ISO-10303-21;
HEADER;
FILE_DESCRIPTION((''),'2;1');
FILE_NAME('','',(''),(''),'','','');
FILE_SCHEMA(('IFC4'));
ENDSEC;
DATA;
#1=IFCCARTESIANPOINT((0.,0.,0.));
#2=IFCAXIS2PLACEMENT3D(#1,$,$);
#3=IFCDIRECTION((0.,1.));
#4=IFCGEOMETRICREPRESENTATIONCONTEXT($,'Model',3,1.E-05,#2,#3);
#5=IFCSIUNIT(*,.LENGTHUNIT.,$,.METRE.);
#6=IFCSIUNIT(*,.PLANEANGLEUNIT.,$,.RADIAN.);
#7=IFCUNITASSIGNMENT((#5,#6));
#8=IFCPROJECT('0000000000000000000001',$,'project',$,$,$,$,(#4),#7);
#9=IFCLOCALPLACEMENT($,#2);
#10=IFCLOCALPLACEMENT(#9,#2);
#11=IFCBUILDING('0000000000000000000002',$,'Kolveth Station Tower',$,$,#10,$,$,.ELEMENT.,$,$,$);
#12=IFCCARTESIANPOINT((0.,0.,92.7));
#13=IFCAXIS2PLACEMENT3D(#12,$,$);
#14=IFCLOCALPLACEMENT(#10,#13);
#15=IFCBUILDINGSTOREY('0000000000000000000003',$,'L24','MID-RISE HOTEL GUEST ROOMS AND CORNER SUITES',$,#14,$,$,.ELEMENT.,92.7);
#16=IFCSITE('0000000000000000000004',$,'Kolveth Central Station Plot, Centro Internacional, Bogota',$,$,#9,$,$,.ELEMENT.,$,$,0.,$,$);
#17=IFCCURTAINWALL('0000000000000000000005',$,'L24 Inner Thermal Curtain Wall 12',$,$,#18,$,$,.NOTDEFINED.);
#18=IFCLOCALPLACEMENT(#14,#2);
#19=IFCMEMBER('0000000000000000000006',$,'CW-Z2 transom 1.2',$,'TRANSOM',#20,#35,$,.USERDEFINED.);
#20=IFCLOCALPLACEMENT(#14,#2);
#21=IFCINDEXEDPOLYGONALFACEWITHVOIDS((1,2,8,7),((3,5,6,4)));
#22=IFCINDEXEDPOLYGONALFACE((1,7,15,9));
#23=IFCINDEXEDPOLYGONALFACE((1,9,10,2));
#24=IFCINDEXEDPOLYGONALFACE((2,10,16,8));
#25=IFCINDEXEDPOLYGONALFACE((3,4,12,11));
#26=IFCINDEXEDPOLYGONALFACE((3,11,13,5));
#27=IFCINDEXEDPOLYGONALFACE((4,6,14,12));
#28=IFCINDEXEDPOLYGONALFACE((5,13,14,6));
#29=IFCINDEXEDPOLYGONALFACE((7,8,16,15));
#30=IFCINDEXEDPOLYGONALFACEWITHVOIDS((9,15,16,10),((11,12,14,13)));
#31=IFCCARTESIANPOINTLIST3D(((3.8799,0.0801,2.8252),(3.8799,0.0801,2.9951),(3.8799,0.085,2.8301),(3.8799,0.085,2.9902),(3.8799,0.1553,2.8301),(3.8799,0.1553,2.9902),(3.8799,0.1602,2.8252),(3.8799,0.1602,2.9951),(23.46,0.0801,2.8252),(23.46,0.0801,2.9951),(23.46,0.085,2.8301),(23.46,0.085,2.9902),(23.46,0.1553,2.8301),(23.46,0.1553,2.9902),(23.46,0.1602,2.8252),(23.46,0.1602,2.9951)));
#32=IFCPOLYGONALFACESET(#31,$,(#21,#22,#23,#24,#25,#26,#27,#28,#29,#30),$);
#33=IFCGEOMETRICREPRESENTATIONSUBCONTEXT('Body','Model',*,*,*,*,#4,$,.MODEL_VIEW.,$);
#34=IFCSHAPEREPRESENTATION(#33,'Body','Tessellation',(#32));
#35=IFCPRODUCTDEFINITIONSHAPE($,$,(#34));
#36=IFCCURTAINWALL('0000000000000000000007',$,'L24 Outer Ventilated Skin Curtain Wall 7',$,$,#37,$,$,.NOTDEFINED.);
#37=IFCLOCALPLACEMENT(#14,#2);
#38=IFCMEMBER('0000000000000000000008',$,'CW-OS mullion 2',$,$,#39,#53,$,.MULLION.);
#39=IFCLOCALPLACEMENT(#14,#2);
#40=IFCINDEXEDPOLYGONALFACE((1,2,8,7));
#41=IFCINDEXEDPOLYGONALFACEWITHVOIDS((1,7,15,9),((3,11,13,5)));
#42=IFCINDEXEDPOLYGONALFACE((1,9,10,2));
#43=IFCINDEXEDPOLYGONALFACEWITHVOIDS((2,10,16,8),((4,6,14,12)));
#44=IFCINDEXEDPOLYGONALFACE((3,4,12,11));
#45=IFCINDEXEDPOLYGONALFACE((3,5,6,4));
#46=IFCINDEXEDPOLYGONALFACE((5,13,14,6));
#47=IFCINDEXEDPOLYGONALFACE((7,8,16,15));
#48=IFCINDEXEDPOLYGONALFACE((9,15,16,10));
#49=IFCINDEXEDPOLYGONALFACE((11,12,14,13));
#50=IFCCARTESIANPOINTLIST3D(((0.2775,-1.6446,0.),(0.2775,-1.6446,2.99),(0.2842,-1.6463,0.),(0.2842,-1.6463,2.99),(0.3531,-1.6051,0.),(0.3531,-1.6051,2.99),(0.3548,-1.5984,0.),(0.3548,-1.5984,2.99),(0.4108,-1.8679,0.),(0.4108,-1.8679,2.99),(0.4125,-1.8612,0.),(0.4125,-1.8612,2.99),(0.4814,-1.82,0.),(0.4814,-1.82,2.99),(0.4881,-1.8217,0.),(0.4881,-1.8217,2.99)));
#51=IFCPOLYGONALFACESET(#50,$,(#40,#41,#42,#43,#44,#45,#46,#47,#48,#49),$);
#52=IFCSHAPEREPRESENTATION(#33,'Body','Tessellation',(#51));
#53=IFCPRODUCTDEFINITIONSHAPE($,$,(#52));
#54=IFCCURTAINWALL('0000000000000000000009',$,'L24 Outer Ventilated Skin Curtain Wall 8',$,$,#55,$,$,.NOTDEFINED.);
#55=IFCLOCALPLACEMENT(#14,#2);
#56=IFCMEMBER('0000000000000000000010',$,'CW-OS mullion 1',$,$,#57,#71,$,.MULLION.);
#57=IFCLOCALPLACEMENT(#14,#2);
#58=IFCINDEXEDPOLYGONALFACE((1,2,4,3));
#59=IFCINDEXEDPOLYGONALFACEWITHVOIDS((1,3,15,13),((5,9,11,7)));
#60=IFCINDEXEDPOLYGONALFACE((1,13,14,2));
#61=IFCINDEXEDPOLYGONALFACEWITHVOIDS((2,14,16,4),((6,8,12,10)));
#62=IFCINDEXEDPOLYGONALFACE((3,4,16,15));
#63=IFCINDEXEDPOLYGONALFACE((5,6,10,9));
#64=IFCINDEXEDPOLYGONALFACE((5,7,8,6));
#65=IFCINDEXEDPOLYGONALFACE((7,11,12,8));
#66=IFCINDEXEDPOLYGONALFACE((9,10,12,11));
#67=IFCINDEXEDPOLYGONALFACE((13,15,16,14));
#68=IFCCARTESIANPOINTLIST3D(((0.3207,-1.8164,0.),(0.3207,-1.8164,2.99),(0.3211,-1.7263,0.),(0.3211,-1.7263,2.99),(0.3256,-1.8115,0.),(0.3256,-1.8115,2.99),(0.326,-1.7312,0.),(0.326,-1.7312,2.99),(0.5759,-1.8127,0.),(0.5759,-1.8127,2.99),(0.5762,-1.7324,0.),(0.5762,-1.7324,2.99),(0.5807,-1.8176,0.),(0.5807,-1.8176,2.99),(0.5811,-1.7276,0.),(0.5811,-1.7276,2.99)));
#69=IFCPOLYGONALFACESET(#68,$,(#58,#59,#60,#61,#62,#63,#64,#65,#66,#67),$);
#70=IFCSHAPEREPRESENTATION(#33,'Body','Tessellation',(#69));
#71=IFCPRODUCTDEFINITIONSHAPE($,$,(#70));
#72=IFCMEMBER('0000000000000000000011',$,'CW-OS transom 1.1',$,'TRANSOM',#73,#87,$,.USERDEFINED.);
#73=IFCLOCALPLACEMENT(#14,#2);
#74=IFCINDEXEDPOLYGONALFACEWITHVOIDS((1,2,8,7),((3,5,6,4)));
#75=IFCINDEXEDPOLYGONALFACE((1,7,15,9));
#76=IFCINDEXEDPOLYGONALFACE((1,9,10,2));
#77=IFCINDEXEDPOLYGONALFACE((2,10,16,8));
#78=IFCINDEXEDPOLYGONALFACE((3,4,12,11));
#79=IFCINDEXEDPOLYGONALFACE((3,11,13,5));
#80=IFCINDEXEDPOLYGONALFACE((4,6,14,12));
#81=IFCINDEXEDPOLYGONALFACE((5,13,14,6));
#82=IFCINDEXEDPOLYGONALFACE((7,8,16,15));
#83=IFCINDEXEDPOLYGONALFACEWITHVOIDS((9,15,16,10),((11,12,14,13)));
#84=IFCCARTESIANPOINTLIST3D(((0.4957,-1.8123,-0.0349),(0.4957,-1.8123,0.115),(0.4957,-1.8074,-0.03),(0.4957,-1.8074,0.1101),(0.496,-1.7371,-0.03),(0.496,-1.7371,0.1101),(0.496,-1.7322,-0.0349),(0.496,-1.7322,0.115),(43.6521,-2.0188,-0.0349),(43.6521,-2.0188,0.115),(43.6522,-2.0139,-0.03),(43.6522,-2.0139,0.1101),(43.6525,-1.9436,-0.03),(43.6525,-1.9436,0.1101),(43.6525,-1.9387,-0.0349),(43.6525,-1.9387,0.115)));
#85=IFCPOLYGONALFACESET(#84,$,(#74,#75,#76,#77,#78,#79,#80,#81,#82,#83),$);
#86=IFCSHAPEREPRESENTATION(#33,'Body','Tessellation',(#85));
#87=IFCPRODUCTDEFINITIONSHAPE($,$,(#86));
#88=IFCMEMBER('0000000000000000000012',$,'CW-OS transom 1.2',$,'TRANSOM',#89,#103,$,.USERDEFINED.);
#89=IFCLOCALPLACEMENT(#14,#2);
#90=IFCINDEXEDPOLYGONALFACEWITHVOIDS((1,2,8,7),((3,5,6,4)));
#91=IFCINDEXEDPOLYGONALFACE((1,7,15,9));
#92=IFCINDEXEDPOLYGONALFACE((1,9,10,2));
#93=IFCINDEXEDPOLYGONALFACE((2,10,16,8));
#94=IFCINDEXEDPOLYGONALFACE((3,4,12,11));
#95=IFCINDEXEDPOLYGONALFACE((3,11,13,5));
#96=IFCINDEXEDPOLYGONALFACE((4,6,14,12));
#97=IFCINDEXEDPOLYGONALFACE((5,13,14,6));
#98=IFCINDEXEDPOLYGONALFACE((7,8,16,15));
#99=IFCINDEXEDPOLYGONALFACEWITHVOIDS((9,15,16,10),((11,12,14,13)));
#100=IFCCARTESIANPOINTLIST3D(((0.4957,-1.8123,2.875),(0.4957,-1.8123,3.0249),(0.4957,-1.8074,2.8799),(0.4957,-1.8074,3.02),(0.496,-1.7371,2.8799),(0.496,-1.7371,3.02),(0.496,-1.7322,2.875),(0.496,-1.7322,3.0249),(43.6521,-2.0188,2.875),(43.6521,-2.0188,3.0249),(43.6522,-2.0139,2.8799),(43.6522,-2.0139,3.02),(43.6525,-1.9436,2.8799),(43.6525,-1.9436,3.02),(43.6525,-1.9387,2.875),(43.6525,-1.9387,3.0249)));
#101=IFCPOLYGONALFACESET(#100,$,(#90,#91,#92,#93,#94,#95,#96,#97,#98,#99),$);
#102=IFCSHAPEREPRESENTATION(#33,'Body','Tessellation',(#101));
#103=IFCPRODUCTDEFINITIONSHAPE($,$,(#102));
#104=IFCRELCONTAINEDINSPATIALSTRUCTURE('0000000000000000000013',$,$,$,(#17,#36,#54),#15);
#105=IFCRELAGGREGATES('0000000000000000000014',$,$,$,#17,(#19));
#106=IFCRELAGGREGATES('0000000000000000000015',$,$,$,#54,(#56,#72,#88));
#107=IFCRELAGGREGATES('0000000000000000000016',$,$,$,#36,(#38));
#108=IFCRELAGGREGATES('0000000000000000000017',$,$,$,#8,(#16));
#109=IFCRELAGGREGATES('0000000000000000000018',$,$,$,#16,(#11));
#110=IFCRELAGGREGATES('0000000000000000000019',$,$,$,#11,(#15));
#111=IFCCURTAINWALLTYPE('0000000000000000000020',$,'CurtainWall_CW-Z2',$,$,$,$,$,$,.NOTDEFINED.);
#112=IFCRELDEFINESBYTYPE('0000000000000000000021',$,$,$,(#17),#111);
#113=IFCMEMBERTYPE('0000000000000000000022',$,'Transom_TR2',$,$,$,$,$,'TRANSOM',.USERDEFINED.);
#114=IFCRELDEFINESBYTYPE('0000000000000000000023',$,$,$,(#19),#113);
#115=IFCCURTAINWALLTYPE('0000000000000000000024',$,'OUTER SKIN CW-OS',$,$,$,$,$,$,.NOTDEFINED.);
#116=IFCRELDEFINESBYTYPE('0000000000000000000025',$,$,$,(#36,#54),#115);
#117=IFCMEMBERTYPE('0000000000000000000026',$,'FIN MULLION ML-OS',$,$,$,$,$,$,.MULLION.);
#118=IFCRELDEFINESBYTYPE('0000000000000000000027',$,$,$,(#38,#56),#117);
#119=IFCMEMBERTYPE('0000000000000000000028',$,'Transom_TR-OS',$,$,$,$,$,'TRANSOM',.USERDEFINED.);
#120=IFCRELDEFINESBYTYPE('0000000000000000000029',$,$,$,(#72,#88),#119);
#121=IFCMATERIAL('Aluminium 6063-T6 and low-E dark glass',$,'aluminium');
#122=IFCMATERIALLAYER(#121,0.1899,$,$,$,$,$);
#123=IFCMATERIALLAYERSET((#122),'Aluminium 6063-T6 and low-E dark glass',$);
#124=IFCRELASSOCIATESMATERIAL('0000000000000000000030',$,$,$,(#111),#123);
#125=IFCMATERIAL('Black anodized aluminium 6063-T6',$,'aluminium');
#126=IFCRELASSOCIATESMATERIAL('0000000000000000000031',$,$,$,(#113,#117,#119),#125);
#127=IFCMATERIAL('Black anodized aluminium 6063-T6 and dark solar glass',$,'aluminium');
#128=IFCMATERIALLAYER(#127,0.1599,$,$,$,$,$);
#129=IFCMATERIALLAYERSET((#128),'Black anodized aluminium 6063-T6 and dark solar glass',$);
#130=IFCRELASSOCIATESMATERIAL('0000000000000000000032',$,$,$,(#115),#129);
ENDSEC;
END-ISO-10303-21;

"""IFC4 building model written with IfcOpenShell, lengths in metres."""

from ifc_helpers import new_model, si_unit, direction, frame, origin, origin_2d, place, context, subcontext, project, spatial, hollow_rectangle, extrude, source, transform, mapped, material, layer, layer_set, material_profile, profile_set, type_object, element, aggregate, save


model = new_model("IFC4")

# Units and contexts
model_context = context("Model", 3, precision=1e-05, world=origin(), true_north=direction((0.0, 1.0)))
body_context = subcontext(model_context, "Body", "Model", "MODEL_VIEW")
ifc_project = project(units=[si_unit("LENGTHUNIT", "METRE"), si_unit("PLANEANGLEUNIT", "RADIAN")], contexts=[model_context])

# Site, building, storey
site_placement = place(None, origin())
site = spatial("IfcSite", under=ifc_project, at=site_placement, Name="Kolveth Central Station Plot, Centro Internacional, Bogota", CompositionType="ELEMENT", RefElevation=0.0)
building_placement = place(site_placement, origin())
building = spatial("IfcBuilding", under=site, at=building_placement, Name="Kolveth Station Tower", CompositionType="ELEMENT")
storey_placement = place(building_placement, frame((0.0, 0.0, 92.7)))
storey = spatial("IfcBuildingStorey", under=building, at=storey_placement, Name="L24", Description="MID-RISE HOTEL GUEST ROOMS AND CORNER SUITES", CompositionType="ELEMENT", Elevation=92.7)

# Shared definitions
ifc_material_1 = material(Name="Aluminium 6063-T6 and low-E dark glass", Category="aluminium")
ifc_layer_1 = layer(ifc_material_1, 0.1899)
ifc_layer_set_1 = layer_set([ifc_layer_1], Name="Aluminium 6063-T6 and low-E dark glass")
curtain_wall_type_1 = type_object("IfcCurtainWallType", Name="CurtainWall_CW-Z2", PredefinedType="NOTDEFINED", material=ifc_layer_set_1)
ifc_material_2 = material(Name="Black anodized aluminium 6063-T6", Category="aluminium")

# Curtain wall
curtain_wall_1_placement = place(storey_placement, origin())
curtain_wall_1 = element("IfcCurtainWall", 1, at=curtain_wall_1_placement, inside=storey, type_object=curtain_wall_type_1, Name="L24 Inner Thermal Curtain Wall 12", PredefinedType="NOTDEFINED")

# Member
ifc_material_profile_1 = material_profile(ifc_material_2, hollow_rectangle(XDim=0.0801, YDim=0.1699, WallThickness=0.0049, at=origin_2d()), Name="ALU-80x170x5")
ifc_profile_set_1 = profile_set([ifc_material_profile_1], Name="Black anodized aluminium 6063-T6")
member_type_1 = type_object("IfcMemberType", Name="Transom_TR2", ElementType="TRANSOM", PredefinedType="USERDEFINED", material=ifc_profile_set_1)
shared_shape_1 = source(origin(), body_context, "Body", "SweptSolid", [
    extrude(hollow_rectangle(XDim=0.0801, YDim=0.1699, WallThickness=0.0049, at=origin_2d()), origin(), (0.0, 0.0, 1.0), 19.5801),
])
member_1_placement = place(storey_placement, frame((3.8799, 0.1201, 2.9102), z_axis=(1.0, 0.0, 0.0), x_axis=(0.0, 1.0, 0.0)))
member_1 = element("IfcMember", 2, at=member_1_placement, type_object=member_type_1, Name="CW-Z2 transom 1.2", ObjectType="TRANSOM", PredefinedType="USERDEFINED", context=body_context, shape_type="MappedRepresentation", body=[
    mapped(shared_shape_1, transform((0.0, 0.0, 0.0), x_axis=(1.0, 0.0, 0.0), y_axis=(0.0, 1.0, 0.0), z_axis=(0.0, 0.0, 1.0), scale=1.0)),
])
aggregate(curtain_wall_1, [member_1])

# Curtain wall, member
ifc_material_3 = material(Name="Black anodized aluminium 6063-T6 and dark solar glass", Category="aluminium")
ifc_layer_2 = layer(ifc_material_3, 0.1599)
ifc_layer_set_2 = layer_set([ifc_layer_2], Name="Black anodized aluminium 6063-T6 and dark solar glass")
curtain_wall_type_2 = type_object("IfcCurtainWallType", Name="OUTER SKIN CW-OS", PredefinedType="NOTDEFINED", material=ifc_layer_set_2)
curtain_wall_2_placement = place(storey_placement, origin())
curtain_wall_2 = element("IfcCurtainWall", 3, at=curtain_wall_2_placement, inside=storey, type_object=curtain_wall_type_2, Name="L24 Outer Ventilated Skin Curtain Wall 7", PredefinedType="NOTDEFINED")
ifc_material_profile_2 = material_profile(ifc_material_2, hollow_rectangle(XDim=0.0901, YDim=0.26, WallThickness=0.0049, at=origin_2d()), Name="ALU-90x260x5")
ifc_profile_set_2 = profile_set([ifc_material_profile_2], Name="Black anodized aluminium 6063-T6")
member_type_2 = type_object("IfcMemberType", Name="FIN MULLION ML-OS", PredefinedType="MULLION", material=ifc_profile_set_2)
shared_shape_2 = source(origin(), body_context, "Body", "SweptSolid", [
    extrude(hollow_rectangle(XDim=0.0901, YDim=0.26, WallThickness=0.0049, at=origin_2d()), origin(), (0.0, 0.0, 1.0), 2.99),
])
member_2_placement = place(storey_placement, frame((0.3828, -1.7332, 0.0), z_axis=(0.0, 0.0, 1.0), x_axis=(0.858545, 0.512739, 0.0)))
member_2 = element("IfcMember", 4, at=member_2_placement, type_object=member_type_2, Name="CW-OS mullion 2", PredefinedType="MULLION", context=body_context, shape_type="MappedRepresentation", body=[
    mapped(shared_shape_2, transform((0.0, 0.0, 0.0), x_axis=(1.0, 0.0, 0.0), y_axis=(0.0, 1.0, 0.0), z_axis=(0.0, 0.0, 1.0), scale=1.0)),
])

# Curtain wall, members
curtain_wall_3_placement = place(storey_placement, origin())
curtain_wall_3 = element("IfcCurtainWall", 5, at=curtain_wall_3_placement, inside=storey, type_object=curtain_wall_type_2, Name="L24 Outer Ventilated Skin Curtain Wall 8", PredefinedType="NOTDEFINED")
member_3_placement = place(storey_placement, frame((0.4509, -1.772, 0.0), z_axis=(0.0, 0.0, 1.0), x_axis=(0.004783, 0.999989, 0.0)))
member_3 = element("IfcMember", 6, at=member_3_placement, type_object=member_type_2, Name="CW-OS mullion 1", PredefinedType="MULLION", context=body_context, shape_type="MappedRepresentation", body=[
    mapped(shared_shape_2, transform((0.0, 0.0, 0.0), x_axis=(1.0, 0.0, 0.0), y_axis=(0.0, 1.0, 0.0), z_axis=(0.0, 0.0, 1.0), scale=1.0)),
])
ifc_material_profile_3 = material_profile(ifc_material_2, hollow_rectangle(XDim=0.0801, YDim=0.1499, WallThickness=0.0049, at=origin_2d()), Name="ALU-80x150x5")
ifc_profile_set_3 = profile_set([ifc_material_profile_3], Name="Black anodized aluminium 6063-T6")
member_type_3 = type_object("IfcMemberType", Name="Transom_TR-OS", ElementType="TRANSOM", PredefinedType="USERDEFINED", material=ifc_profile_set_3)
shared_shape_3 = source(origin(), body_context, "Body", "SweptSolid", [
    extrude(hollow_rectangle(XDim=0.0801, YDim=0.1499, WallThickness=0.0049, at=origin_2d()), origin(), (0.0, 0.0, 1.0), 43.157),
])
member_4_placement = place(storey_placement, frame((0.4958, -1.7722, 0.04), z_axis=(0.999989, -0.004786, 0.0), x_axis=(0.004786, 0.999989, 0.0)))
member_4 = element("IfcMember", 7, at=member_4_placement, type_object=member_type_3, Name="CW-OS transom 1.1", ObjectType="TRANSOM", PredefinedType="USERDEFINED", context=body_context, shape_type="MappedRepresentation", body=[
    mapped(shared_shape_3, transform((0.0, 0.0, 0.0), x_axis=(1.0, 0.0, 0.0), y_axis=(0.0, 1.0, 0.0), z_axis=(0.0, 0.0, 1.0), scale=1.0)),
])
member_5_placement = place(storey_placement, frame((0.4958, -1.7722, 2.95), z_axis=(0.999989, -0.004786, 0.0), x_axis=(0.004786, 0.999989, 0.0)))
member_5 = element("IfcMember", 8, at=member_5_placement, type_object=member_type_3, Name="CW-OS transom 1.2", ObjectType="TRANSOM", PredefinedType="USERDEFINED", context=body_context, shape_type="MappedRepresentation", body=[
    mapped(shared_shape_3, transform((0.0, 0.0, 0.0), x_axis=(1.0, 0.0, 0.0), y_axis=(0.0, 1.0, 0.0), z_axis=(0.0, 0.0, 1.0), scale=1.0)),
])
aggregate(curtain_wall_3, [member_3, member_4, member_5])

aggregate(curtain_wall_2, [member_2])

save(model, "model.ifc")
